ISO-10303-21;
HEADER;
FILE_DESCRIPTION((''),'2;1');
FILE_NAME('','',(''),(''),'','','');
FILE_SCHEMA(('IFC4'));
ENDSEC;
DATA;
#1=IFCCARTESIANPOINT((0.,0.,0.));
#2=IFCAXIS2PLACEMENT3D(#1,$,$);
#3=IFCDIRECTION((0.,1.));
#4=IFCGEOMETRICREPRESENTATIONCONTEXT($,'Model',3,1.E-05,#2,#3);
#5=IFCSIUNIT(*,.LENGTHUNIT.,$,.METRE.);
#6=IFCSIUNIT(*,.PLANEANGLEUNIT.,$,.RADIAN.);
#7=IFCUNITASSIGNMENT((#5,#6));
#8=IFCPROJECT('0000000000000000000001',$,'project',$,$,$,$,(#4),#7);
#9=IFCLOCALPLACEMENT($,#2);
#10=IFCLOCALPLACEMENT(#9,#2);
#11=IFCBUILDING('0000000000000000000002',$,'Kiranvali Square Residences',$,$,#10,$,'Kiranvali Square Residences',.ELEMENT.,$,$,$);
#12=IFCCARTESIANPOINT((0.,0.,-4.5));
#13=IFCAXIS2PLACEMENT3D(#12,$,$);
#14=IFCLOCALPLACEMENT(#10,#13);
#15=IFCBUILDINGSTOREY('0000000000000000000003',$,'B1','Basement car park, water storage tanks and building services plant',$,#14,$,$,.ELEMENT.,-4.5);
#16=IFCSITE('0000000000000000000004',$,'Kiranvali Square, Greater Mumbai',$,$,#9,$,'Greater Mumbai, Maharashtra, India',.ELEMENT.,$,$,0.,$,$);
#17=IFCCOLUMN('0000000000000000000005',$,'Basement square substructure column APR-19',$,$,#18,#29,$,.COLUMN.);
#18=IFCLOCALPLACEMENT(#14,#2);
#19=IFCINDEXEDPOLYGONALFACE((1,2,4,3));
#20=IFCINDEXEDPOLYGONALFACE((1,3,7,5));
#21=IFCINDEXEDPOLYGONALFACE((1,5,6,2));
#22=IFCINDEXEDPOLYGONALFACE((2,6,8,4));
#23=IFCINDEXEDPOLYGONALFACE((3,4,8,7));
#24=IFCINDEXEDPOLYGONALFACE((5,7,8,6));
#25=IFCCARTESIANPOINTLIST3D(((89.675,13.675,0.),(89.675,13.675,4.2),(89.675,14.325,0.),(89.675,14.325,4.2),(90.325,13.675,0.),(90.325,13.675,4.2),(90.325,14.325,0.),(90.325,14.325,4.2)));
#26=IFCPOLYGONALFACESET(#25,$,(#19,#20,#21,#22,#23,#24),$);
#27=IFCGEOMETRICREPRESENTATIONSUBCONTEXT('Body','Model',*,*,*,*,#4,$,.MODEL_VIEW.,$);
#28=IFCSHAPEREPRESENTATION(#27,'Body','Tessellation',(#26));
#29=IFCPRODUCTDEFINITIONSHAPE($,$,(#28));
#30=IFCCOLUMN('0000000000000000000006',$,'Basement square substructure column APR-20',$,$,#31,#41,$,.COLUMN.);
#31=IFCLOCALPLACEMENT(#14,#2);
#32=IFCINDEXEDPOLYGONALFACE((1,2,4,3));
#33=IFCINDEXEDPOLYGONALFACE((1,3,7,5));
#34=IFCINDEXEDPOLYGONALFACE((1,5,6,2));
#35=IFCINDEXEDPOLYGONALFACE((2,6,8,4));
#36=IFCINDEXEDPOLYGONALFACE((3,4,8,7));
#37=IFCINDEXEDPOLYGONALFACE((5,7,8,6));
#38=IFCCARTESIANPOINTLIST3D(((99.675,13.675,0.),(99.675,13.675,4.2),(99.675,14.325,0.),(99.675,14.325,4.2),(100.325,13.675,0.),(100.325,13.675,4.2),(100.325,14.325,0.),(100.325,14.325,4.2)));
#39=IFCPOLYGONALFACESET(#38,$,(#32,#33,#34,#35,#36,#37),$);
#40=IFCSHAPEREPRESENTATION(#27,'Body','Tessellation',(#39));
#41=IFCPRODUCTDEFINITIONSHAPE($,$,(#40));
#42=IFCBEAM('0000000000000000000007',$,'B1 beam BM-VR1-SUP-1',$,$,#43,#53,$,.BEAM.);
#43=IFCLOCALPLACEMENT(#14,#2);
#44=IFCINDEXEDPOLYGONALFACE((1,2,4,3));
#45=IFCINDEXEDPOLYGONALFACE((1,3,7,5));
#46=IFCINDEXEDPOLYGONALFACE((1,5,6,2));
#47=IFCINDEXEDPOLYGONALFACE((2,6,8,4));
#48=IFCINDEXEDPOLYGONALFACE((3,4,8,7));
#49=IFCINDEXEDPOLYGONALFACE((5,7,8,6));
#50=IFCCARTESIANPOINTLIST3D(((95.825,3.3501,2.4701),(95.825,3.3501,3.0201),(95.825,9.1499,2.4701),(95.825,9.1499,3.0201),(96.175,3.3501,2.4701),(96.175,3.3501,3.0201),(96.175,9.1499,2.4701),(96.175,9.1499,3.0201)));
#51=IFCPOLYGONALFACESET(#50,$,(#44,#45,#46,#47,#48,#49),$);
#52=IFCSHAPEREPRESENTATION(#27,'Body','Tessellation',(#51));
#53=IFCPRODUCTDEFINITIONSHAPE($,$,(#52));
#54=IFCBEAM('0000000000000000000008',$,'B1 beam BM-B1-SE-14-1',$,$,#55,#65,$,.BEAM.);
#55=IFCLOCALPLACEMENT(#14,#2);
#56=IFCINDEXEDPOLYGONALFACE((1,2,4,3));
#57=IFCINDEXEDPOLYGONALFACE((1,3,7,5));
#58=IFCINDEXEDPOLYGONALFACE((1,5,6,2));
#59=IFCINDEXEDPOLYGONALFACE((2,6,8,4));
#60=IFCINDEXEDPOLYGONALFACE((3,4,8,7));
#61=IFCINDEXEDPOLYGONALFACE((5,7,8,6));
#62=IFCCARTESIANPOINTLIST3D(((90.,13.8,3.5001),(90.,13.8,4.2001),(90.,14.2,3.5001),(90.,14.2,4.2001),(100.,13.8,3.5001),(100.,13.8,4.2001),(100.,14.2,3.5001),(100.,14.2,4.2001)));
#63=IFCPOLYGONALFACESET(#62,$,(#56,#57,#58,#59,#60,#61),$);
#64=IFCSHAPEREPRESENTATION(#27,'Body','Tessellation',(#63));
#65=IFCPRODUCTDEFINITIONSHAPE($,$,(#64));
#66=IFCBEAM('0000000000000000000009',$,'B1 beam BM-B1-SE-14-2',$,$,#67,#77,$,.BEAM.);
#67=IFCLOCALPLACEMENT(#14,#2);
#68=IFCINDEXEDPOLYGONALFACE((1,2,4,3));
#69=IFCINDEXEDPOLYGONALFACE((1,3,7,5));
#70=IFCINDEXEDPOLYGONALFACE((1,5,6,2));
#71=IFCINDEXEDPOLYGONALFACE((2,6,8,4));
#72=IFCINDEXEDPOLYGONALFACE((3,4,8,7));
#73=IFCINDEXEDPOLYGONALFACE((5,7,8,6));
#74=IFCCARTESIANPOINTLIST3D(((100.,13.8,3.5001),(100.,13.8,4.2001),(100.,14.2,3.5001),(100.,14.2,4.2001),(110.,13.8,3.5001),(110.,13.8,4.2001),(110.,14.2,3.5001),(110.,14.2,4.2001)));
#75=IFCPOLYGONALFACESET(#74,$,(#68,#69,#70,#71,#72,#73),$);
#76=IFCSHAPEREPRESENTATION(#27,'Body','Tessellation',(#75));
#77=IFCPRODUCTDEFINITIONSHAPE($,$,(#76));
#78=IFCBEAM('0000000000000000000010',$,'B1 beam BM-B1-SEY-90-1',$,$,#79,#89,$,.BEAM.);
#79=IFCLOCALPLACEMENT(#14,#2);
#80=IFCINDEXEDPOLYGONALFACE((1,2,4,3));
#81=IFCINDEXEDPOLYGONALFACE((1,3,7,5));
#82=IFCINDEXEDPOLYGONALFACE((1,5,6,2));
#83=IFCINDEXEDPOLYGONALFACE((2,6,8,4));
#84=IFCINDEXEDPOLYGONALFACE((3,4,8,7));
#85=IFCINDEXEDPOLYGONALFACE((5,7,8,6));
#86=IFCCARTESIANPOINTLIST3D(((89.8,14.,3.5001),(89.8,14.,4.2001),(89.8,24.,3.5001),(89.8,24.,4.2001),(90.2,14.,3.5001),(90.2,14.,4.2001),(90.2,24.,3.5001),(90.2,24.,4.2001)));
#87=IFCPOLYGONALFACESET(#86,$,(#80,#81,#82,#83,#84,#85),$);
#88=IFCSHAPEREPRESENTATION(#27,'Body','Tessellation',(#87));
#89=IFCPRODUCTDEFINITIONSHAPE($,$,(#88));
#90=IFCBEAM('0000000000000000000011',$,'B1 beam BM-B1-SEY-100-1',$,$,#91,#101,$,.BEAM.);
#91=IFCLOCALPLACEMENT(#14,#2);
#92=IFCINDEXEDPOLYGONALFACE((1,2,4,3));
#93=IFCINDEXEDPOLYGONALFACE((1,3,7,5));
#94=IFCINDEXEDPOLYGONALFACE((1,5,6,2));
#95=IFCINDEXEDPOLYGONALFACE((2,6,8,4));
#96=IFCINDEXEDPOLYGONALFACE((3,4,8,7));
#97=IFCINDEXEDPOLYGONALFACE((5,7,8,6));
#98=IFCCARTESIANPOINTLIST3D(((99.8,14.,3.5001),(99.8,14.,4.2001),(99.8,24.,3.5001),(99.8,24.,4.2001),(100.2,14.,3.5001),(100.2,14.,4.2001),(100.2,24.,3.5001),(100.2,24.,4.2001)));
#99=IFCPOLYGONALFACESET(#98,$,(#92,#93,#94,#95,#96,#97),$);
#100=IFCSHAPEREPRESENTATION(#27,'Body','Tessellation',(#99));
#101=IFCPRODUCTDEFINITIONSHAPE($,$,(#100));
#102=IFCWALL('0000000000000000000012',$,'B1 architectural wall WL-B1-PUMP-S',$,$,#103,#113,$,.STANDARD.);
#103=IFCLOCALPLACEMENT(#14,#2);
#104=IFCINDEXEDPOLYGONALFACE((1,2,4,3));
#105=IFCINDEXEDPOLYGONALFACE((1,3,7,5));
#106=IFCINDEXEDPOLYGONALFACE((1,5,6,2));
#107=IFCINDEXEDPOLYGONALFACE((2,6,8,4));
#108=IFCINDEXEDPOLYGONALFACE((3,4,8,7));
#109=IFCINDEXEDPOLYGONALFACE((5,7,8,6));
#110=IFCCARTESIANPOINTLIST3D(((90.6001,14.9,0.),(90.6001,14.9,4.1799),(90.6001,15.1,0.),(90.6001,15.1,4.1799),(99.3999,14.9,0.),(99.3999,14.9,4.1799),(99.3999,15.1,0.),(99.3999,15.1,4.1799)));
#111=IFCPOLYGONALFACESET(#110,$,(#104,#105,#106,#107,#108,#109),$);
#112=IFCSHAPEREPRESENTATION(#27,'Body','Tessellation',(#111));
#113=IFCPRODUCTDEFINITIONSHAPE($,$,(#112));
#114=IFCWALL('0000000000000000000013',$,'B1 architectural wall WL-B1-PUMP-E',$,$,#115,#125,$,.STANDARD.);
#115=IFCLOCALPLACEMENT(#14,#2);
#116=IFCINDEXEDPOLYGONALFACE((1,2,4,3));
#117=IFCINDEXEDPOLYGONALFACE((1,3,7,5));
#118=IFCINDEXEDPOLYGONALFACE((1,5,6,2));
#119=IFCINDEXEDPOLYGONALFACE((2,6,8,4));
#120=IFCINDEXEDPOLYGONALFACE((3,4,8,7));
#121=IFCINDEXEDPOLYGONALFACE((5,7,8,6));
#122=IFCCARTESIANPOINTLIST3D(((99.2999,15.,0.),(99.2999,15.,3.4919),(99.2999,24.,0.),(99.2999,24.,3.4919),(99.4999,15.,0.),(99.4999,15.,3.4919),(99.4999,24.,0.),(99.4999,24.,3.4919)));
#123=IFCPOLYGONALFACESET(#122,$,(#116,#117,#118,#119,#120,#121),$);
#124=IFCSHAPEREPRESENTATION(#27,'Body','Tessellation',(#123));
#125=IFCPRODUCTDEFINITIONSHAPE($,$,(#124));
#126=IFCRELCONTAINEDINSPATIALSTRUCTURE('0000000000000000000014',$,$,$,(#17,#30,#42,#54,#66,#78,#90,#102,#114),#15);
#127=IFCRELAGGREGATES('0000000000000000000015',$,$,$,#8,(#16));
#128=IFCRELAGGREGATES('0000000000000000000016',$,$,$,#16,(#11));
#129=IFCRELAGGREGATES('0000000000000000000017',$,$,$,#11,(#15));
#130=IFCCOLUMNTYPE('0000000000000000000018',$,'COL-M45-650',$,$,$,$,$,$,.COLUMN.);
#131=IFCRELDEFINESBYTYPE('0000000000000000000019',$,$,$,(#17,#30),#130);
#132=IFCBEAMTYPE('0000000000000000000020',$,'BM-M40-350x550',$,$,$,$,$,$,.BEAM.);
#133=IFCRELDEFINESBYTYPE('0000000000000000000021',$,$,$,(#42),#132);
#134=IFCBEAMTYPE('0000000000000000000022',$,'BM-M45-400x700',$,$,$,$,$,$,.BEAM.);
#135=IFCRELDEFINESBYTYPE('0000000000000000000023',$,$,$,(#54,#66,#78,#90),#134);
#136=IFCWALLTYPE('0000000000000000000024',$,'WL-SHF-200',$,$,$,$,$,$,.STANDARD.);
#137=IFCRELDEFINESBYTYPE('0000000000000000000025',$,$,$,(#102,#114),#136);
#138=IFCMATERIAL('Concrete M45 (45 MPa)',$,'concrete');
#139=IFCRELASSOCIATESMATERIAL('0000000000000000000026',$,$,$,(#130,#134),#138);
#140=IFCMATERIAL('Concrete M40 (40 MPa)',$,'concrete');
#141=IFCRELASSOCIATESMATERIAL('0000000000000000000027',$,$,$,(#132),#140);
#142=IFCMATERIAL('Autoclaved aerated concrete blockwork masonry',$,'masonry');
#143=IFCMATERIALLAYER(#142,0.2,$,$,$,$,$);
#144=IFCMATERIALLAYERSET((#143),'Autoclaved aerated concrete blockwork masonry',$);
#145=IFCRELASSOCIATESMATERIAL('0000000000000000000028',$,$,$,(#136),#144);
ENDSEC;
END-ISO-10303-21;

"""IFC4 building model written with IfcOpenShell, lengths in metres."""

from ifc_helpers import new_model, si_unit, direction, frame, frame_2d, origin, origin_2d, place, context, subcontext, project, spatial, rectangle, extrude, material, layer, layer_set, material_profile, profile_set, type_object, element, save


model = new_model("IFC4")

# Units and contexts
model_context = context("Model", 3, precision=1e-05, world=origin(), true_north=direction((0.0, 1.0)))
body_context = subcontext(model_context, "Body", "Model", "MODEL_VIEW")
ifc_project = project(units=[si_unit("LENGTHUNIT", "METRE"), si_unit("PLANEANGLEUNIT", "RADIAN")], contexts=[model_context])

# Site, building, storey
site_placement = place(None, origin())
site = spatial("IfcSite", under=ifc_project, at=site_placement, Name="Kiranvali Square, Greater Mumbai", LongName="Greater Mumbai, Maharashtra, India", CompositionType="ELEMENT", RefElevation=0.0)
building_placement = place(site_placement, origin())
building = spatial("IfcBuilding", under=site, at=building_placement, Name="Kiranvali Square Residences", LongName="Kiranvali Square Residences", CompositionType="ELEMENT")
storey_placement = place(building_placement, frame((0.0, 0.0, -4.5)))
storey = spatial("IfcBuildingStorey", under=building, at=storey_placement, Name="B1", Description="Basement car park, water storage tanks and building services plant", CompositionType="ELEMENT", Elevation=-4.5)

# Shared definitions
ifc_material_1 = material(Name="Concrete M40 (40 MPa)", Category="concrete")

# Columns
ifc_material_2 = material(Name="Concrete M45 (45 MPa)", Category="concrete")
ifc_material_profile_1 = material_profile(ifc_material_2, rectangle(XDim=0.6499, YDim=0.6499, at=origin_2d()), Name="RC 650x650")
ifc_profile_set_1 = profile_set([ifc_material_profile_1], Name="Concrete M45 (45 MPa)")
column_type_1 = type_object("IfcColumnType", Name="COL-M45-650", PredefinedType="COLUMN", material=ifc_profile_set_1)
for number, where, z_axis, x_axis, name in (
    (1, (90.0, 14.0, 0.0), (0.0, 0.0, 1.0), (1.0, 0.0, 0.0), "Basement square substructure column APR-19"),
    (2, (100.0, 14.0, 0.0), (0.0, 0.0, 1.0), (1.0, 0.0, 0.0), "Basement square substructure column APR-20"),
):
    element("IfcColumn", number, at=place(storey_placement, frame(where, z_axis=z_axis, x_axis=x_axis)), inside=storey, type_object=column_type_1, Name=name, PredefinedType="COLUMN", context=body_context, shape_type="SweptSolid", body=[
        extrude(rectangle(XDim=0.6499, YDim=0.6499, at=origin_2d()), origin(), (0.0, 0.0, 1.0), 4.2),
    ])

# Beams
ifc_material_profile_2 = material_profile(ifc_material_1, rectangle(XDim=0.3501, YDim=0.55, at=origin_2d()), Name="RC 350x550")
ifc_profile_set_2 = profile_set([ifc_material_profile_2], Name="Concrete M40 (40 MPa)")
beam_type_1 = type_object("IfcBeamType", Name="BM-M40-350x550", PredefinedType="BEAM", material=ifc_profile_set_2)
beam_placement = place(storey_placement, frame((96.0, 3.3501, 2.7451), z_axis=(0.0, 1.0, 0.0), x_axis=(-1.0, 0.0, 0.0)))
element("IfcBeam", 3, at=beam_placement, inside=storey, type_object=beam_type_1, Name="B1 beam BM-VR1-SUP-1", PredefinedType="BEAM", context=body_context, shape_type="SweptSolid", body=[
    extrude(rectangle(XDim=0.3501, YDim=0.55, at=origin_2d()), origin(), (0.0, 0.0, 1.0), 5.7998),
])
ifc_material_profile_3 = material_profile(ifc_material_2, rectangle(XDim=0.3999, YDim=0.7, at=origin_2d()), Name="RC 400x700")
ifc_profile_set_3 = profile_set([ifc_material_profile_3], Name="Concrete M45 (45 MPa)")
beam_type_2 = type_object("IfcBeamType", Name="BM-M45-400x700", PredefinedType="BEAM", material=ifc_profile_set_3)
for number, where, z_axis, x_axis, name in (
    (4, (90.0, 14.0, 3.8501), (1.0, 0.0, 0.0), (0.0, 1.0, 0.0), "B1 beam BM-B1-SE-14-1"),
    (5, (100.0, 14.0, 3.8501), (1.0, 0.0, 0.0), (0.0, 1.0, 0.0), "B1 beam BM-B1-SE-14-2"),
    (6, (90.0, 14.0, 3.8501), (0.0, 1.0, 0.0), (-1.0, 0.0, 0.0), "B1 beam BM-B1-SEY-90-1"),
    (7, (100.0, 14.0, 3.8501), (0.0, 1.0, 0.0), (-1.0, 0.0, 0.0), "B1 beam BM-B1-SEY-100-1"),
):
    element("IfcBeam", number, at=place(storey_placement, frame(where, z_axis=z_axis, x_axis=x_axis)), inside=storey, type_object=beam_type_2, Name=name, PredefinedType="BEAM", context=body_context, shape_type="SweptSolid", body=[
        extrude(rectangle(XDim=0.3999, YDim=0.7, at=origin_2d()), origin(), (0.0, 0.0, 1.0), 10.0),
    ])

# Walls
ifc_material_3 = material(Name="Autoclaved aerated concrete blockwork masonry", Category="masonry")
ifc_layer = layer(ifc_material_3, 0.2)
ifc_layer_set = layer_set([ifc_layer], Name="Autoclaved aerated concrete blockwork masonry")
wall_type = type_object("IfcWallType", Name="WL-SHF-200", PredefinedType="STANDARD", material=ifc_layer_set)
wall_1_placement = place(storey_placement, frame((90.6001, 15.0, 0.0), z_axis=(0.0, 0.0, 1.0), x_axis=(1.0, 0.0, 0.0)))
element("IfcWall", 8, at=wall_1_placement, inside=storey, type_object=wall_type, Name="B1 architectural wall WL-B1-PUMP-S", PredefinedType="STANDARD", context=body_context, shape_type="SweptSolid", body=[
    extrude(rectangle(XDim=8.7998, YDim=0.2, at=frame_2d((4.3999, 0.0))), origin(), (0.0, 0.0, 1.0), 4.1799),
])
wall_2_placement = place(storey_placement, frame((99.3999, 15.0, 0.0), z_axis=(0.0, 0.0, 1.0), x_axis=(0.0, 1.0, 0.0)))
element("IfcWall", 9, at=wall_2_placement, inside=storey, type_object=wall_type, Name="B1 architectural wall WL-B1-PUMP-E", PredefinedType="STANDARD", context=body_context, shape_type="SweptSolid", body=[
    extrude(rectangle(XDim=9.0, YDim=0.2, at=frame_2d((4.5, 0.0))), origin(), (0.0, 0.0, 1.0), 3.4919),
])

save(model, "model.ifc")
